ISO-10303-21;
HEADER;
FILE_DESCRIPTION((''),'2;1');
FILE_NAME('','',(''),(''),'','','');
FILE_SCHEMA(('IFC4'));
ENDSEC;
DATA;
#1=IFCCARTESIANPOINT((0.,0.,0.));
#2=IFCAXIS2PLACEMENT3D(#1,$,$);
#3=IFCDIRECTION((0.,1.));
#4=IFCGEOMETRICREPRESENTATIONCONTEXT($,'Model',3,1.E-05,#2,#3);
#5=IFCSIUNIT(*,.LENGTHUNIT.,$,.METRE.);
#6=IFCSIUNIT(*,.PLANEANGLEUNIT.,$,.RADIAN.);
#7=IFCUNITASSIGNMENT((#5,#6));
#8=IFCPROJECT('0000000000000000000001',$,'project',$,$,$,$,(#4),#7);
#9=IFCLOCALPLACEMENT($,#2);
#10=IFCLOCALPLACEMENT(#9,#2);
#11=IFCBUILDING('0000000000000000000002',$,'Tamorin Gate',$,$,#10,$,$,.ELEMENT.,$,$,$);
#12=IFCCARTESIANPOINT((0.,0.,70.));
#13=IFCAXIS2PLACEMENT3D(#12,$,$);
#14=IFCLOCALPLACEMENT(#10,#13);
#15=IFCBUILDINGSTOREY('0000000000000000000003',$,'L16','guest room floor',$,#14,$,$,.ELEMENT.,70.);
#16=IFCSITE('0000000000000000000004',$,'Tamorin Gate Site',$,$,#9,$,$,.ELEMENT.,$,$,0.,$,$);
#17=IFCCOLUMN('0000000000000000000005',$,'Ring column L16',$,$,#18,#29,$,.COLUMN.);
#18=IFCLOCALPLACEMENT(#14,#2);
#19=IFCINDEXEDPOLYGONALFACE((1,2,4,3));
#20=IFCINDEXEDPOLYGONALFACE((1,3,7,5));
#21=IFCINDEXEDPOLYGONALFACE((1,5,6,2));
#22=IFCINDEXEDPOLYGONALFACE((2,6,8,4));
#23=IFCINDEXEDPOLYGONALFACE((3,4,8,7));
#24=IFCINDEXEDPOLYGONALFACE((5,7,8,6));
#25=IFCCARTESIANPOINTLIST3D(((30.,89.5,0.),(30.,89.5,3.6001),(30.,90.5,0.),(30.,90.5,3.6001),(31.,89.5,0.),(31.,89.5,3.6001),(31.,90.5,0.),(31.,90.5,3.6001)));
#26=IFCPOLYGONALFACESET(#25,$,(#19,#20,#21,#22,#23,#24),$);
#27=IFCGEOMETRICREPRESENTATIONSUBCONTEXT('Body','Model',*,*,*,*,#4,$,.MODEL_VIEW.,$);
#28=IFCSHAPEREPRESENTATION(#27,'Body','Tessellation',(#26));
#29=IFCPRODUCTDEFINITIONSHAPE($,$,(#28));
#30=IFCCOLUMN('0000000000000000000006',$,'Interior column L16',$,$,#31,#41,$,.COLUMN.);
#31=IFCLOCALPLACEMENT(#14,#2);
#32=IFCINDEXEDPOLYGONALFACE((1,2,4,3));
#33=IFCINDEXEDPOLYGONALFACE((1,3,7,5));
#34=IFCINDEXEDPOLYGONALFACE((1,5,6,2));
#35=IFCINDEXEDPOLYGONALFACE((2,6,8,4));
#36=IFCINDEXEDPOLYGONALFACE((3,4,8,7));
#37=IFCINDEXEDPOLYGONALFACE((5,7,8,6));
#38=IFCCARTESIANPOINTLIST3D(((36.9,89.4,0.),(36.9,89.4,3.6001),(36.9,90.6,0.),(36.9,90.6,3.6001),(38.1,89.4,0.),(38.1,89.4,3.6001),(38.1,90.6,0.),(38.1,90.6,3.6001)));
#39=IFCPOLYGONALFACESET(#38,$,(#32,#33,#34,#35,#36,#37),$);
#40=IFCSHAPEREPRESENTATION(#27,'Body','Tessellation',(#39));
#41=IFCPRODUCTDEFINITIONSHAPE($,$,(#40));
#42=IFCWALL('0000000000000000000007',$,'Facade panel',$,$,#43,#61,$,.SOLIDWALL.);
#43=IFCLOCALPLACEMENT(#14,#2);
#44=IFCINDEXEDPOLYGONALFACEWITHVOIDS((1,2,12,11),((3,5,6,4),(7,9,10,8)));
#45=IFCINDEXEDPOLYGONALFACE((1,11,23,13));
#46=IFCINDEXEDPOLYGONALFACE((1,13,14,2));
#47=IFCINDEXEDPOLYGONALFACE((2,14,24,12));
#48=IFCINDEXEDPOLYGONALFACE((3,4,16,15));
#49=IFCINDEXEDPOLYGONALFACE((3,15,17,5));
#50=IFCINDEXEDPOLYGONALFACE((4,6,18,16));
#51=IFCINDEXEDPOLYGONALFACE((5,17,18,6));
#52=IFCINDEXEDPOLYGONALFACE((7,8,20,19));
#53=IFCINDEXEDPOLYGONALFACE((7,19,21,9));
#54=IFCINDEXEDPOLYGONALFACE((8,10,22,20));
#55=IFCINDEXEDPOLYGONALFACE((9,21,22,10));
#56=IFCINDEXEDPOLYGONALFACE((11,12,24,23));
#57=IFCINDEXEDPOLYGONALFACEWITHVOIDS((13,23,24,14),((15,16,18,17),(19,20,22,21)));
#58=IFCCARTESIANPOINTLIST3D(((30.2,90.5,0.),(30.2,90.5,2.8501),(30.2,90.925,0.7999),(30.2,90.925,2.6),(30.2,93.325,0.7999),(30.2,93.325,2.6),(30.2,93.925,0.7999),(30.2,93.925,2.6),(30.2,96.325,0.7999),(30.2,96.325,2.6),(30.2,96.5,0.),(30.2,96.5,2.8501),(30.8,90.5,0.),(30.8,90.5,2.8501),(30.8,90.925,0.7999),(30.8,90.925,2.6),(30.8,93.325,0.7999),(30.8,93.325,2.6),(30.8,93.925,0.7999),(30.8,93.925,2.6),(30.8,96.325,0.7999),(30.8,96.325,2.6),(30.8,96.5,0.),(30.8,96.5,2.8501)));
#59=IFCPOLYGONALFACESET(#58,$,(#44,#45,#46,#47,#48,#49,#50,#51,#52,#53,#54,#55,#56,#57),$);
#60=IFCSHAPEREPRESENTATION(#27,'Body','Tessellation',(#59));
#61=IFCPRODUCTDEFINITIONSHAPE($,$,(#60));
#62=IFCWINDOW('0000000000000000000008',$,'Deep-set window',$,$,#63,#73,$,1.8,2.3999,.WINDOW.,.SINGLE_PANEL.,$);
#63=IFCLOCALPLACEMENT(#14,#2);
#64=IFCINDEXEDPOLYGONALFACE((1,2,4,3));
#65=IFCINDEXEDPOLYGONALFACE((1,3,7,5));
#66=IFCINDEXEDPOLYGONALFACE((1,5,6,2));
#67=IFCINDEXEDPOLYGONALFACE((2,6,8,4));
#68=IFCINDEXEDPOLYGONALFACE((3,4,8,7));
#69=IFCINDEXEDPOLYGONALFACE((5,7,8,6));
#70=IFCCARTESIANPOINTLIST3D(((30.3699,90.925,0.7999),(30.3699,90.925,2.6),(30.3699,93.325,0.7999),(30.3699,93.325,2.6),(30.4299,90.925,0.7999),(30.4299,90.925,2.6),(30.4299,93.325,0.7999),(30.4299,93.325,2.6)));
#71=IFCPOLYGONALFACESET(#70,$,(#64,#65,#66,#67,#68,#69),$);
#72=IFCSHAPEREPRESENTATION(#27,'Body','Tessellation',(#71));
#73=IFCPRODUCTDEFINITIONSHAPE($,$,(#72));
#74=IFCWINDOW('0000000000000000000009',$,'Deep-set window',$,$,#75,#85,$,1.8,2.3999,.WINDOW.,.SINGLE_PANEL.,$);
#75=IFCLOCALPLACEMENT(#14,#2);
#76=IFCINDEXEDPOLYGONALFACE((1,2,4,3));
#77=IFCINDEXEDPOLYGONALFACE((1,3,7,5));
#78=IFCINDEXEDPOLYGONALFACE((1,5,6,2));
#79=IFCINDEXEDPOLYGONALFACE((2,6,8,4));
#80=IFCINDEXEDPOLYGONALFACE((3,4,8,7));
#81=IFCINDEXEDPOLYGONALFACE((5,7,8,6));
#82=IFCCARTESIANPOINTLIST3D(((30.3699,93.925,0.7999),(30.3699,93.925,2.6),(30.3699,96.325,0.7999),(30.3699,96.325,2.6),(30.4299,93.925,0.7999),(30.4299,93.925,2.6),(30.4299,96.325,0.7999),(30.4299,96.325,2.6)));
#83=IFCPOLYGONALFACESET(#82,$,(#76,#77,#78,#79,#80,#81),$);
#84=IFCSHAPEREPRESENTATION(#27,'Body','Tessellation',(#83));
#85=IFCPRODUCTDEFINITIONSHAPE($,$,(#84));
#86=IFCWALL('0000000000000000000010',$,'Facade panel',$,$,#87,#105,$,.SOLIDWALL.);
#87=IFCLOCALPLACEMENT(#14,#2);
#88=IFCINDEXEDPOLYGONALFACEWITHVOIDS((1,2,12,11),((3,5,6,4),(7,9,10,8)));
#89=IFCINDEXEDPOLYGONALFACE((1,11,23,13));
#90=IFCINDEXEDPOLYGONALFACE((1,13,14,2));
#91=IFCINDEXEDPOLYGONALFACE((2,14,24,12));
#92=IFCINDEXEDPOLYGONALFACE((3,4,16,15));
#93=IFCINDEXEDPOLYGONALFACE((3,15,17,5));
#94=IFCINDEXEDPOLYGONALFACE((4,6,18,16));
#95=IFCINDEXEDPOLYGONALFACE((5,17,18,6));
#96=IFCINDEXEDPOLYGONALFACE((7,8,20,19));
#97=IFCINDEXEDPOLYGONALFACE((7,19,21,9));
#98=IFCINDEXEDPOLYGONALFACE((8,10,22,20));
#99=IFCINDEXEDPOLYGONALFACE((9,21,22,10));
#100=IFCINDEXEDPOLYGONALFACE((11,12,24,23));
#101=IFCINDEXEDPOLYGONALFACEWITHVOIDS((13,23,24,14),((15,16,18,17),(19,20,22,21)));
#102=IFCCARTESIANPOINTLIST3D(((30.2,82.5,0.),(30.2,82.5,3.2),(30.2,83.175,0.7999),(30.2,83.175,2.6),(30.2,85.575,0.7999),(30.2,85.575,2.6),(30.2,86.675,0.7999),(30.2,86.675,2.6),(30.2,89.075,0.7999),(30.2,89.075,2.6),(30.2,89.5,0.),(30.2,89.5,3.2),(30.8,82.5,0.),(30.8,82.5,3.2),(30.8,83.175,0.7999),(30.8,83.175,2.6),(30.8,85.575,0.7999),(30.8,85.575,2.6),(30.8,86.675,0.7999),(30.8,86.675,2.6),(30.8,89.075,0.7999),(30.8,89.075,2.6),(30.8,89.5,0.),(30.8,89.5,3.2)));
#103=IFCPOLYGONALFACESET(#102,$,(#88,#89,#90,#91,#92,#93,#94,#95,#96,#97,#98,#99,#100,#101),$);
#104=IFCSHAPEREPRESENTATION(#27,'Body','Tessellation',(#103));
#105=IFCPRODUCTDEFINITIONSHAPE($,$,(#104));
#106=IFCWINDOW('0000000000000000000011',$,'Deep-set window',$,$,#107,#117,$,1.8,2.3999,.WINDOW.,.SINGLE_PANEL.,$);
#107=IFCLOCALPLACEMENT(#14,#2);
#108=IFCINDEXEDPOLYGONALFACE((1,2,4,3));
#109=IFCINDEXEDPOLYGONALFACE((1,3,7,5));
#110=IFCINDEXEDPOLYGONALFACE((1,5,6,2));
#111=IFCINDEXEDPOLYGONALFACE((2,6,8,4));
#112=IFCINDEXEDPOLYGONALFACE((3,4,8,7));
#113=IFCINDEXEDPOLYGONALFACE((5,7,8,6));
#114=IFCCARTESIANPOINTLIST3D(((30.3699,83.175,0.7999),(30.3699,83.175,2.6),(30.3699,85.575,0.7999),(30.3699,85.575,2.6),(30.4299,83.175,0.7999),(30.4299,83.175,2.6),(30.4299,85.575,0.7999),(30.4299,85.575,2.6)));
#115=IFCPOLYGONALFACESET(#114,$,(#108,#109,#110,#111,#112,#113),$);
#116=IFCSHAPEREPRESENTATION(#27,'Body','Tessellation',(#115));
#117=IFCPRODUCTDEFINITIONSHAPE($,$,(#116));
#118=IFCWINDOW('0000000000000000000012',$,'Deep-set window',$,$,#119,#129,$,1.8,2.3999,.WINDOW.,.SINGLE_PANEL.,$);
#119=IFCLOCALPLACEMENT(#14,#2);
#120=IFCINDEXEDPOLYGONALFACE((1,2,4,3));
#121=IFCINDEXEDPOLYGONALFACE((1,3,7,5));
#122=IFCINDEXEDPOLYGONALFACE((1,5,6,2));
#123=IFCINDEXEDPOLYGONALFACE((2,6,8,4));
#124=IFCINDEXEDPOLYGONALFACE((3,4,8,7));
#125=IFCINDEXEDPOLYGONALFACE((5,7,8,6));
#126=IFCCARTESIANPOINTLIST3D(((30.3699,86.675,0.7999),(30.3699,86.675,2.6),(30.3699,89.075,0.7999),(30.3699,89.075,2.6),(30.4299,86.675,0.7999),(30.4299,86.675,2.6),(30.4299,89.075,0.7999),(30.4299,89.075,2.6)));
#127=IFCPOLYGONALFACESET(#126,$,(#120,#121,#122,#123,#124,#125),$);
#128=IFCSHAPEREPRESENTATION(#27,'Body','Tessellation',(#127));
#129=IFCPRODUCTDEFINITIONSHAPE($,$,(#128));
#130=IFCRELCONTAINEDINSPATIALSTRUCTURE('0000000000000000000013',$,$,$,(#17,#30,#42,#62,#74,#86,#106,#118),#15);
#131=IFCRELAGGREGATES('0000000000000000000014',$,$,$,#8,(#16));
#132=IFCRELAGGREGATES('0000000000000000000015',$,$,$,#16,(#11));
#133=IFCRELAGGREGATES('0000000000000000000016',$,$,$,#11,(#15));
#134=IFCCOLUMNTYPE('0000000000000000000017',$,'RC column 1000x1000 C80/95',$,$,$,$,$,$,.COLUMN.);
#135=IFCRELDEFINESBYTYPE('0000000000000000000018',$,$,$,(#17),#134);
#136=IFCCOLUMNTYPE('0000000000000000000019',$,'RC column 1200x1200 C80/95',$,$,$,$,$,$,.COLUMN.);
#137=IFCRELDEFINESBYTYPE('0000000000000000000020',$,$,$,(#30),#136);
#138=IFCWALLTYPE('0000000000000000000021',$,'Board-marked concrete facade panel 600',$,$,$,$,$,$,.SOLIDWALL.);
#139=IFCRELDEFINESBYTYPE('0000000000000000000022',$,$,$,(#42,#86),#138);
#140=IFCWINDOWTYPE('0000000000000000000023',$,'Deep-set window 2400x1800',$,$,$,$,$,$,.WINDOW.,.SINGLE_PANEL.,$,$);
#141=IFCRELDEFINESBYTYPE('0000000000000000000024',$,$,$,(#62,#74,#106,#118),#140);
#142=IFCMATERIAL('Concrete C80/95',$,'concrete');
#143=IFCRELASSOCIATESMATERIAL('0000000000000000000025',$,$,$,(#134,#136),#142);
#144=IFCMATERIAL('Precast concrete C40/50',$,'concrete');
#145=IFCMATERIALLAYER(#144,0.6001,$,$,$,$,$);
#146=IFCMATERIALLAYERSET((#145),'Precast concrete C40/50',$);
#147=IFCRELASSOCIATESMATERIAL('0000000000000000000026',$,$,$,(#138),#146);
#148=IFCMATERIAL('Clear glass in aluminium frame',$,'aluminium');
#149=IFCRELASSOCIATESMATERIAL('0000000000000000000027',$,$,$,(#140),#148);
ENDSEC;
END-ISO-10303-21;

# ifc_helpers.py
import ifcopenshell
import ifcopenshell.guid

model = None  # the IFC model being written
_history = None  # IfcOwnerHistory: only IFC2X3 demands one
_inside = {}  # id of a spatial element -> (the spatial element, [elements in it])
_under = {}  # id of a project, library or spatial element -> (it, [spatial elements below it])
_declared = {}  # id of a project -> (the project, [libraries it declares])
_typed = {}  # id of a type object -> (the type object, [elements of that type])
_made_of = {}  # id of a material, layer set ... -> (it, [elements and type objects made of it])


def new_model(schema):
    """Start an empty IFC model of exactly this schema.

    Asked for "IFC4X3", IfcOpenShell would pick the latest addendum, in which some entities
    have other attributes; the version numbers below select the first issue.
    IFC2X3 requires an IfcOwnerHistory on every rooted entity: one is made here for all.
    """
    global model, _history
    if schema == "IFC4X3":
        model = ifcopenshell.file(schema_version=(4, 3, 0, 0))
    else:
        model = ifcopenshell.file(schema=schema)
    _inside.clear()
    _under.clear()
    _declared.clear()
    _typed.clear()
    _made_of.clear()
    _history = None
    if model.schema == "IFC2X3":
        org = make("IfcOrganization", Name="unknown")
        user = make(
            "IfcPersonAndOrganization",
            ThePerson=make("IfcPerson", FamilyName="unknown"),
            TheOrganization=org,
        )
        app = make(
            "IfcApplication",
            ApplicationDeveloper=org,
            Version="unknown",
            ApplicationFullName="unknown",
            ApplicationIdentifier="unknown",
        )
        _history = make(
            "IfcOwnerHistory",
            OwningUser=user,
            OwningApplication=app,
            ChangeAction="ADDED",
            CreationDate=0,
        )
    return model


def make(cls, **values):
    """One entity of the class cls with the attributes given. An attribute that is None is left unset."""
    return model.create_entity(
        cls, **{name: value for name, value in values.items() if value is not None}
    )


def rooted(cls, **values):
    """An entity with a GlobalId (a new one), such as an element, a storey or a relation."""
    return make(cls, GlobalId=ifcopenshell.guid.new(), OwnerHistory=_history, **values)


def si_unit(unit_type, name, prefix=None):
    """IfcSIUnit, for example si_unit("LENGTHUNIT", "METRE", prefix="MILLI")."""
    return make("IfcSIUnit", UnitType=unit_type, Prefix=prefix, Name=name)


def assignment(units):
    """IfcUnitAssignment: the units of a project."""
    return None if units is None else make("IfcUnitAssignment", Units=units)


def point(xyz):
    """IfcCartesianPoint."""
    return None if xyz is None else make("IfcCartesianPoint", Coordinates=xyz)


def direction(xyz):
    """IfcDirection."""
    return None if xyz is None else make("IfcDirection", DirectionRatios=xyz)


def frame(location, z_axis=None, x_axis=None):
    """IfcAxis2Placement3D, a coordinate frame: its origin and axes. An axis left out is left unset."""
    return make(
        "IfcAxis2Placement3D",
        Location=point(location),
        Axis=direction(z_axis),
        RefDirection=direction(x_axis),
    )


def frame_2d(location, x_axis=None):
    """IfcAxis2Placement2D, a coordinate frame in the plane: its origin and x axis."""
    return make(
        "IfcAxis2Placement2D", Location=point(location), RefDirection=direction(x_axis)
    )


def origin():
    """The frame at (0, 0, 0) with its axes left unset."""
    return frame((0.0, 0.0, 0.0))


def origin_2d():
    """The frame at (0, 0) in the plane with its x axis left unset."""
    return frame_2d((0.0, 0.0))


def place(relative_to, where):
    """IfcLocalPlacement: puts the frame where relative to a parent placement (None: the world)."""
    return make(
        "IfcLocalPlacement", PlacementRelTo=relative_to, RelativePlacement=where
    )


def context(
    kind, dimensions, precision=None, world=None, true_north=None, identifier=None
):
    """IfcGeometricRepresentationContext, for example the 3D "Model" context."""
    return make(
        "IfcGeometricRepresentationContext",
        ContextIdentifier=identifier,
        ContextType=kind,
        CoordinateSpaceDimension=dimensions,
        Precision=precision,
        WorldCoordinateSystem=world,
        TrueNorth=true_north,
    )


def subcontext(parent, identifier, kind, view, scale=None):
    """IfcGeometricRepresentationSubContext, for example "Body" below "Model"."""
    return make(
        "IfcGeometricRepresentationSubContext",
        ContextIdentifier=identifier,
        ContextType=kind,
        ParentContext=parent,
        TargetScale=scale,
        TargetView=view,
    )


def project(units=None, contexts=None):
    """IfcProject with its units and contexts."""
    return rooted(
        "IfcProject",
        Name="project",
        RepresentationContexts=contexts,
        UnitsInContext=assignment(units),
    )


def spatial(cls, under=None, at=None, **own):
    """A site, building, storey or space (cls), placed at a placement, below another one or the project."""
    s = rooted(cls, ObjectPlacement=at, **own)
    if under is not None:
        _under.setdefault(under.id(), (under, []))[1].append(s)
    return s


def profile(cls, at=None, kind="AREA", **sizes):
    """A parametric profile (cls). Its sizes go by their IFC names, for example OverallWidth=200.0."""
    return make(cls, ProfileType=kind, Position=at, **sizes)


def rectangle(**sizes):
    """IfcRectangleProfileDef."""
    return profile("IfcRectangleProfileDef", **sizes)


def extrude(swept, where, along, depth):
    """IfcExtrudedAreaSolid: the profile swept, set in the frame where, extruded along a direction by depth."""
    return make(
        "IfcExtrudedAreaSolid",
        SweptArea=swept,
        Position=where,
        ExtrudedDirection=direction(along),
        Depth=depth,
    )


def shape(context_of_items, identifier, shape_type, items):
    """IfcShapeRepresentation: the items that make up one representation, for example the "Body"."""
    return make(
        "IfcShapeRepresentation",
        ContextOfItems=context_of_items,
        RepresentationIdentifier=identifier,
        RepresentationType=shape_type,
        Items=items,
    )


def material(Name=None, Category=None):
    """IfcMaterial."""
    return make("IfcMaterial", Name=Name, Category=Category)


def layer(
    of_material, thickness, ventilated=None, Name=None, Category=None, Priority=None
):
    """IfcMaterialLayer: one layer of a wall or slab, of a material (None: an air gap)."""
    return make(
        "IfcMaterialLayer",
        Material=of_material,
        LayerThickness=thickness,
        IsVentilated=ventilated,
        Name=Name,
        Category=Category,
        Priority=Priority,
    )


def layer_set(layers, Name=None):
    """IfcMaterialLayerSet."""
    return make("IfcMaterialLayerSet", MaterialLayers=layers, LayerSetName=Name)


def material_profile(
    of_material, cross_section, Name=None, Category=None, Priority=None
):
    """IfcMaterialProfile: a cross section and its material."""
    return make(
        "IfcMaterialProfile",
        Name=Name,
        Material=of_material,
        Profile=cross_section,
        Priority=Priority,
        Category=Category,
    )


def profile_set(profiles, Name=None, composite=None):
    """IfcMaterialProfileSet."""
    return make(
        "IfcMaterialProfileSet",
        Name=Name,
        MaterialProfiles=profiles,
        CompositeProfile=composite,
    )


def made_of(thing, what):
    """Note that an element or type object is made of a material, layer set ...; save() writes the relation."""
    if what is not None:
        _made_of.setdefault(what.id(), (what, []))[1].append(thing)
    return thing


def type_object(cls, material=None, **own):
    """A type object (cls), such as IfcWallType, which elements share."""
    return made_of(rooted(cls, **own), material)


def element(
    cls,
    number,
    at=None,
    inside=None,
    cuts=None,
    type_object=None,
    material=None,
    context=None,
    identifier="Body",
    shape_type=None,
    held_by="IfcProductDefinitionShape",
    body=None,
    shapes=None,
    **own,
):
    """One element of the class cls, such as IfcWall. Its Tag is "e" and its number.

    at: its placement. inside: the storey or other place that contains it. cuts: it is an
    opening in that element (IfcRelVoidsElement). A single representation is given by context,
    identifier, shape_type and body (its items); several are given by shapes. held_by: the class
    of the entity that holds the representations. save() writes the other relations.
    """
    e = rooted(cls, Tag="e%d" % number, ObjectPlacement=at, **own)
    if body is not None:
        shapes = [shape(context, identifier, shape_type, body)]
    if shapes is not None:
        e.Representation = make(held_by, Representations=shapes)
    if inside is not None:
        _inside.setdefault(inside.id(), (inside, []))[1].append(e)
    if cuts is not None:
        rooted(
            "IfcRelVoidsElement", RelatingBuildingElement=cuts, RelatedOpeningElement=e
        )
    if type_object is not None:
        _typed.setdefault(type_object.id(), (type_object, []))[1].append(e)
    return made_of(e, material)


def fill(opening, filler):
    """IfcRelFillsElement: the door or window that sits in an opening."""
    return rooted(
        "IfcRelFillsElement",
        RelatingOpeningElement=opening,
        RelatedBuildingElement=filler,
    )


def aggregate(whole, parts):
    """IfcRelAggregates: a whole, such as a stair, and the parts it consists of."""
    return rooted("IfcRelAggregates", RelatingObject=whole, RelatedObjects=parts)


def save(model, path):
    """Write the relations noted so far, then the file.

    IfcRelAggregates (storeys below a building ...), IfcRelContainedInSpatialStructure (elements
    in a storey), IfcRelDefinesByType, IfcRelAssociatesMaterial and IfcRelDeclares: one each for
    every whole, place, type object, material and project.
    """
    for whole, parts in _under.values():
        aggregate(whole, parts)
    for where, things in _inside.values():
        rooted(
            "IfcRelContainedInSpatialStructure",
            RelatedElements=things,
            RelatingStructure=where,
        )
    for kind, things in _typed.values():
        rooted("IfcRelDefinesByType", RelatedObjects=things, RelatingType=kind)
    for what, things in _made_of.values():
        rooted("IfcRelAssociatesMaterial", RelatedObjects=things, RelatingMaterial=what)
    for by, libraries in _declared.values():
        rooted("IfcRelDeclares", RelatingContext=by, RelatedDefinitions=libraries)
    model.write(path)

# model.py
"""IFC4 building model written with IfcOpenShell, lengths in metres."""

from ifc_helpers import new_model, si_unit, direction, frame, frame_2d, origin, origin_2d, place, context, subcontext, project, spatial, rectangle, extrude, material, layer, layer_set, material_profile, profile_set, type_object, element, fill, save


model = new_model("IFC4")

# Units and contexts
model_context = context("Model", 3, precision=1e-05, world=origin(), true_north=direction((0.0, 1.0)))
body_context = subcontext(model_context, "Body", "Model", "MODEL_VIEW")
ifc_project = project(units=[si_unit("LENGTHUNIT", "METRE"), si_unit("PLANEANGLEUNIT", "RADIAN")], contexts=[model_context])

# Site, building, storey
site_placement = place(None, origin())
site = spatial("IfcSite", under=ifc_project, at=site_placement, Name="Tamorin Gate Site", CompositionType="ELEMENT", RefElevation=0.0)
building_placement = place(site_placement, origin())
building = spatial("IfcBuilding", under=site, at=building_placement, Name="Tamorin Gate", CompositionType="ELEMENT")
storey_placement = place(building_placement, frame((0.0, 0.0, 70.0)))
storey = spatial("IfcBuildingStorey", under=building, at=storey_placement, Name="L16", Description="guest room floor", CompositionType="ELEMENT", Elevation=70.0)

# Columns
ifc_material_1 = material(Name="Concrete C80/95", Category="concrete")
ifc_material_profile_1 = material_profile(ifc_material_1, rectangle(XDim=1.0, YDim=1.0, at=origin_2d()), Name="RC 1000x1000")
ifc_profile_set_1 = profile_set([ifc_material_profile_1], Name="Concrete C80/95")
column_type_1 = type_object("IfcColumnType", Name="RC column 1000x1000 C80/95", PredefinedType="COLUMN", material=ifc_profile_set_1)
column_1_placement = place(storey_placement, frame((30.5, 90.0, 0.0), z_axis=(0.0, 0.0, 1.0), x_axis=(1.0, 0.0, 0.0)))
element("IfcColumn", 1, at=column_1_placement, inside=storey, type_object=column_type_1, Name="Ring column L16", PredefinedType="COLUMN", context=body_context, shape_type="SweptSolid", body=[
    extrude(rectangle(XDim=1.0, YDim=1.0, at=origin_2d()), origin(), (0.0, 0.0, 1.0), 3.6001),
])
ifc_material_profile_2 = material_profile(ifc_material_1, rectangle(XDim=1.2, YDim=1.2, at=origin_2d()), Name="RC 1200x1200")
ifc_profile_set_2 = profile_set([ifc_material_profile_2], Name="Concrete C80/95")
column_type_2 = type_object("IfcColumnType", Name="RC column 1200x1200 C80/95", PredefinedType="COLUMN", material=ifc_profile_set_2)
column_2_placement = place(storey_placement, frame((37.5, 90.0, 0.0), z_axis=(0.0, 0.0, 1.0), x_axis=(1.0, 0.0, 0.0)))
element("IfcColumn", 2, at=column_2_placement, inside=storey, type_object=column_type_2, Name="Interior column L16", PredefinedType="COLUMN", context=body_context, shape_type="SweptSolid", body=[
    extrude(rectangle(XDim=1.2, YDim=1.2, at=origin_2d()), origin(), (0.0, 0.0, 1.0), 3.6001),
])

# Walls, openings, windows
ifc_material_2 = material(Name="Precast concrete C40/50", Category="concrete")
ifc_layer_1 = layer(ifc_material_2, 0.6001)
ifc_layer_set_1 = layer_set([ifc_layer_1], Name="Precast concrete C40/50")
wall_type_1 = type_object("IfcWallType", Name="Board-marked concrete facade panel 600", PredefinedType="SOLIDWALL", material=ifc_layer_set_1)
wall_1_placement = place(storey_placement, frame((30.5, 96.5, 0.0), z_axis=(0.0, 0.0, 1.0), x_axis=(0.0, -1.0, 0.0)))
wall_1 = element("IfcWall", 3, at=wall_1_placement, inside=storey, type_object=wall_type_1, Name="Facade panel", PredefinedType="SOLIDWALL", context=body_context, shape_type="SweptSolid", body=[
    extrude(rectangle(XDim=6.0, YDim=0.6001, at=frame_2d((3.0, 0.0))), origin(), (0.0, 0.0, 1.0), 2.8501),
])
opening_1_placement = place(wall_1_placement, frame((3.175, 0.0, 0.8)))
opening_1 = element("IfcOpeningElement", 4, at=opening_1_placement, cuts=wall_1, PredefinedType="OPENING", context=body_context, shape_type="SweptSolid", body=[
    extrude(rectangle(XDim=2.3999, YDim=1.8, at=frame_2d((1.2, 0.8999))), frame((0.0, 0.3101, 0.0), z_axis=(0.0, -1.0, 0.0), x_axis=(1.0, 0.0, 0.0)), (0.0, 0.0, 1.0), 0.6201),
])
opening_2_placement = place(wall_1_placement, frame((0.175, 0.0, 0.8)))
opening_2 = element("IfcOpeningElement", 5, at=opening_2_placement, cuts=wall_1, PredefinedType="OPENING", context=body_context, shape_type="SweptSolid", body=[
    extrude(rectangle(XDim=2.3999, YDim=1.8, at=frame_2d((1.2, 0.8999))), frame((0.0, 0.3101, 0.0), z_axis=(0.0, -1.0, 0.0), x_axis=(1.0, 0.0, 0.0)), (0.0, 0.0, 1.0), 0.6201),
])
ifc_material_3 = material(Name="Clear glass in aluminium frame", Category="aluminium")
window_type = type_object("IfcWindowType", Name="Deep-set window 2400x1800", PartitioningType="SINGLE_PANEL", PredefinedType="WINDOW", material=ifc_material_3)
window_1_placement = place(opening_1_placement, origin())
window_1 = element("IfcWindow", 6, at=window_1_placement, inside=storey, type_object=window_type, Name="Deep-set window", OverallHeight=1.8, OverallWidth=2.3999, PartitioningType="SINGLE_PANEL", PredefinedType="WINDOW", context=body_context, shape_type="SweptSolid", body=[
    extrude(rectangle(XDim=2.3999, YDim=1.8, at=frame_2d((1.2, 0.8999))), frame((0.0, -0.0701, 0.0), z_axis=(0.0, -1.0, 0.0), x_axis=(1.0, 0.0, 0.0)), (0.0, 0.0, 1.0), 0.0601),
])
fill(opening_1, window_1)
window_2_placement = place(opening_2_placement, origin())
window_2 = element("IfcWindow", 7, at=window_2_placement, inside=storey, type_object=window_type, Name="Deep-set window", OverallHeight=1.8, OverallWidth=2.3999, PartitioningType="SINGLE_PANEL", PredefinedType="WINDOW", context=body_context, shape_type="SweptSolid", body=[
    extrude(rectangle(XDim=2.3999, YDim=1.8, at=frame_2d((1.2, 0.8999))), frame((0.0, -0.0701, 0.0), z_axis=(0.0, -1.0, 0.0), x_axis=(1.0, 0.0, 0.0)), (0.0, 0.0, 1.0), 0.0601),
])
fill(opening_2, window_2)
wall_2_placement = place(storey_placement, frame((30.5, 89.5, 0.0), z_axis=(0.0, 0.0, 1.0), x_axis=(0.0, -1.0, 0.0)))
wall_2 = element("IfcWall", 8, at=wall_2_placement, inside=storey, type_object=wall_type_1, Name="Facade panel", PredefinedType="SOLIDWALL", context=body_context, shape_type="SweptSolid", body=[
    extrude(rectangle(XDim=7.0, YDim=0.6001, at=frame_2d((3.5, 0.0))), origin(), (0.0, 0.0, 1.0), 3.2),
])
opening_3_placement = place(wall_2_placement, frame((3.925, 0.0, 0.8)))
opening_3 = element("IfcOpeningElement", 9, at=opening_3_placement, cuts=wall_2, PredefinedType="OPENING", context=body_context, shape_type="SweptSolid", body=[
    extrude(rectangle(XDim=2.3999, YDim=1.8, at=frame_2d((1.2, 0.8999))), frame((0.0, 0.3101, 0.0), z_axis=(0.0, -1.0, 0.0), x_axis=(1.0, 0.0, 0.0)), (0.0, 0.0, 1.0), 0.6201),
])
opening_4_placement = place(wall_2_placement, frame((0.425, 0.0, 0.8)))
opening_4 = element("IfcOpeningElement", 10, at=opening_4_placement, cuts=wall_2, PredefinedType="OPENING", context=body_context, shape_type="SweptSolid", body=[
    extrude(rectangle(XDim=2.3999, YDim=1.8, at=frame_2d((1.2, 0.8999))), frame((0.0, 0.3101, 0.0), z_axis=(0.0, -1.0, 0.0), x_axis=(1.0, 0.0, 0.0)), (0.0, 0.0, 1.0), 0.6201),
])
window_3_placement = place(opening_3_placement, origin())
window_3 = element("IfcWindow", 11, at=window_3_placement, inside=storey, type_object=window_type, Name="Deep-set window", OverallHeight=1.8, OverallWidth=2.3999, PartitioningType="SINGLE_PANEL", PredefinedType="WINDOW", context=body_context, shape_type="SweptSolid", body=[
    extrude(rectangle(XDim=2.3999, YDim=1.8, at=frame_2d((1.2, 0.8999))), frame((0.0, -0.0701, 0.0), z_axis=(0.0, -1.0, 0.0), x_axis=(1.0, 0.0, 0.0)), (0.0, 0.0, 1.0), 0.0601),
])
fill(opening_3, window_3)
window_4_placement = place(opening_4_placement, origin())
window_4 = element("IfcWindow", 12, at=window_4_placement, inside=storey, type_object=window_type, Name="Deep-set window", OverallHeight=1.8, OverallWidth=2.3999, PartitioningType="SINGLE_PANEL", PredefinedType="WINDOW", context=body_context, shape_type="SweptSolid", body=[
    extrude(rectangle(XDim=2.3999, YDim=1.8, at=frame_2d((1.2, 0.8999))), frame((0.0, -0.0701, 0.0), z_axis=(0.0, -1.0, 0.0), x_axis=(1.0, 0.0, 0.0)), (0.0, 0.0, 1.0), 0.0601),
])
fill(opening_4, window_4)

save(model, "model.ifc")
